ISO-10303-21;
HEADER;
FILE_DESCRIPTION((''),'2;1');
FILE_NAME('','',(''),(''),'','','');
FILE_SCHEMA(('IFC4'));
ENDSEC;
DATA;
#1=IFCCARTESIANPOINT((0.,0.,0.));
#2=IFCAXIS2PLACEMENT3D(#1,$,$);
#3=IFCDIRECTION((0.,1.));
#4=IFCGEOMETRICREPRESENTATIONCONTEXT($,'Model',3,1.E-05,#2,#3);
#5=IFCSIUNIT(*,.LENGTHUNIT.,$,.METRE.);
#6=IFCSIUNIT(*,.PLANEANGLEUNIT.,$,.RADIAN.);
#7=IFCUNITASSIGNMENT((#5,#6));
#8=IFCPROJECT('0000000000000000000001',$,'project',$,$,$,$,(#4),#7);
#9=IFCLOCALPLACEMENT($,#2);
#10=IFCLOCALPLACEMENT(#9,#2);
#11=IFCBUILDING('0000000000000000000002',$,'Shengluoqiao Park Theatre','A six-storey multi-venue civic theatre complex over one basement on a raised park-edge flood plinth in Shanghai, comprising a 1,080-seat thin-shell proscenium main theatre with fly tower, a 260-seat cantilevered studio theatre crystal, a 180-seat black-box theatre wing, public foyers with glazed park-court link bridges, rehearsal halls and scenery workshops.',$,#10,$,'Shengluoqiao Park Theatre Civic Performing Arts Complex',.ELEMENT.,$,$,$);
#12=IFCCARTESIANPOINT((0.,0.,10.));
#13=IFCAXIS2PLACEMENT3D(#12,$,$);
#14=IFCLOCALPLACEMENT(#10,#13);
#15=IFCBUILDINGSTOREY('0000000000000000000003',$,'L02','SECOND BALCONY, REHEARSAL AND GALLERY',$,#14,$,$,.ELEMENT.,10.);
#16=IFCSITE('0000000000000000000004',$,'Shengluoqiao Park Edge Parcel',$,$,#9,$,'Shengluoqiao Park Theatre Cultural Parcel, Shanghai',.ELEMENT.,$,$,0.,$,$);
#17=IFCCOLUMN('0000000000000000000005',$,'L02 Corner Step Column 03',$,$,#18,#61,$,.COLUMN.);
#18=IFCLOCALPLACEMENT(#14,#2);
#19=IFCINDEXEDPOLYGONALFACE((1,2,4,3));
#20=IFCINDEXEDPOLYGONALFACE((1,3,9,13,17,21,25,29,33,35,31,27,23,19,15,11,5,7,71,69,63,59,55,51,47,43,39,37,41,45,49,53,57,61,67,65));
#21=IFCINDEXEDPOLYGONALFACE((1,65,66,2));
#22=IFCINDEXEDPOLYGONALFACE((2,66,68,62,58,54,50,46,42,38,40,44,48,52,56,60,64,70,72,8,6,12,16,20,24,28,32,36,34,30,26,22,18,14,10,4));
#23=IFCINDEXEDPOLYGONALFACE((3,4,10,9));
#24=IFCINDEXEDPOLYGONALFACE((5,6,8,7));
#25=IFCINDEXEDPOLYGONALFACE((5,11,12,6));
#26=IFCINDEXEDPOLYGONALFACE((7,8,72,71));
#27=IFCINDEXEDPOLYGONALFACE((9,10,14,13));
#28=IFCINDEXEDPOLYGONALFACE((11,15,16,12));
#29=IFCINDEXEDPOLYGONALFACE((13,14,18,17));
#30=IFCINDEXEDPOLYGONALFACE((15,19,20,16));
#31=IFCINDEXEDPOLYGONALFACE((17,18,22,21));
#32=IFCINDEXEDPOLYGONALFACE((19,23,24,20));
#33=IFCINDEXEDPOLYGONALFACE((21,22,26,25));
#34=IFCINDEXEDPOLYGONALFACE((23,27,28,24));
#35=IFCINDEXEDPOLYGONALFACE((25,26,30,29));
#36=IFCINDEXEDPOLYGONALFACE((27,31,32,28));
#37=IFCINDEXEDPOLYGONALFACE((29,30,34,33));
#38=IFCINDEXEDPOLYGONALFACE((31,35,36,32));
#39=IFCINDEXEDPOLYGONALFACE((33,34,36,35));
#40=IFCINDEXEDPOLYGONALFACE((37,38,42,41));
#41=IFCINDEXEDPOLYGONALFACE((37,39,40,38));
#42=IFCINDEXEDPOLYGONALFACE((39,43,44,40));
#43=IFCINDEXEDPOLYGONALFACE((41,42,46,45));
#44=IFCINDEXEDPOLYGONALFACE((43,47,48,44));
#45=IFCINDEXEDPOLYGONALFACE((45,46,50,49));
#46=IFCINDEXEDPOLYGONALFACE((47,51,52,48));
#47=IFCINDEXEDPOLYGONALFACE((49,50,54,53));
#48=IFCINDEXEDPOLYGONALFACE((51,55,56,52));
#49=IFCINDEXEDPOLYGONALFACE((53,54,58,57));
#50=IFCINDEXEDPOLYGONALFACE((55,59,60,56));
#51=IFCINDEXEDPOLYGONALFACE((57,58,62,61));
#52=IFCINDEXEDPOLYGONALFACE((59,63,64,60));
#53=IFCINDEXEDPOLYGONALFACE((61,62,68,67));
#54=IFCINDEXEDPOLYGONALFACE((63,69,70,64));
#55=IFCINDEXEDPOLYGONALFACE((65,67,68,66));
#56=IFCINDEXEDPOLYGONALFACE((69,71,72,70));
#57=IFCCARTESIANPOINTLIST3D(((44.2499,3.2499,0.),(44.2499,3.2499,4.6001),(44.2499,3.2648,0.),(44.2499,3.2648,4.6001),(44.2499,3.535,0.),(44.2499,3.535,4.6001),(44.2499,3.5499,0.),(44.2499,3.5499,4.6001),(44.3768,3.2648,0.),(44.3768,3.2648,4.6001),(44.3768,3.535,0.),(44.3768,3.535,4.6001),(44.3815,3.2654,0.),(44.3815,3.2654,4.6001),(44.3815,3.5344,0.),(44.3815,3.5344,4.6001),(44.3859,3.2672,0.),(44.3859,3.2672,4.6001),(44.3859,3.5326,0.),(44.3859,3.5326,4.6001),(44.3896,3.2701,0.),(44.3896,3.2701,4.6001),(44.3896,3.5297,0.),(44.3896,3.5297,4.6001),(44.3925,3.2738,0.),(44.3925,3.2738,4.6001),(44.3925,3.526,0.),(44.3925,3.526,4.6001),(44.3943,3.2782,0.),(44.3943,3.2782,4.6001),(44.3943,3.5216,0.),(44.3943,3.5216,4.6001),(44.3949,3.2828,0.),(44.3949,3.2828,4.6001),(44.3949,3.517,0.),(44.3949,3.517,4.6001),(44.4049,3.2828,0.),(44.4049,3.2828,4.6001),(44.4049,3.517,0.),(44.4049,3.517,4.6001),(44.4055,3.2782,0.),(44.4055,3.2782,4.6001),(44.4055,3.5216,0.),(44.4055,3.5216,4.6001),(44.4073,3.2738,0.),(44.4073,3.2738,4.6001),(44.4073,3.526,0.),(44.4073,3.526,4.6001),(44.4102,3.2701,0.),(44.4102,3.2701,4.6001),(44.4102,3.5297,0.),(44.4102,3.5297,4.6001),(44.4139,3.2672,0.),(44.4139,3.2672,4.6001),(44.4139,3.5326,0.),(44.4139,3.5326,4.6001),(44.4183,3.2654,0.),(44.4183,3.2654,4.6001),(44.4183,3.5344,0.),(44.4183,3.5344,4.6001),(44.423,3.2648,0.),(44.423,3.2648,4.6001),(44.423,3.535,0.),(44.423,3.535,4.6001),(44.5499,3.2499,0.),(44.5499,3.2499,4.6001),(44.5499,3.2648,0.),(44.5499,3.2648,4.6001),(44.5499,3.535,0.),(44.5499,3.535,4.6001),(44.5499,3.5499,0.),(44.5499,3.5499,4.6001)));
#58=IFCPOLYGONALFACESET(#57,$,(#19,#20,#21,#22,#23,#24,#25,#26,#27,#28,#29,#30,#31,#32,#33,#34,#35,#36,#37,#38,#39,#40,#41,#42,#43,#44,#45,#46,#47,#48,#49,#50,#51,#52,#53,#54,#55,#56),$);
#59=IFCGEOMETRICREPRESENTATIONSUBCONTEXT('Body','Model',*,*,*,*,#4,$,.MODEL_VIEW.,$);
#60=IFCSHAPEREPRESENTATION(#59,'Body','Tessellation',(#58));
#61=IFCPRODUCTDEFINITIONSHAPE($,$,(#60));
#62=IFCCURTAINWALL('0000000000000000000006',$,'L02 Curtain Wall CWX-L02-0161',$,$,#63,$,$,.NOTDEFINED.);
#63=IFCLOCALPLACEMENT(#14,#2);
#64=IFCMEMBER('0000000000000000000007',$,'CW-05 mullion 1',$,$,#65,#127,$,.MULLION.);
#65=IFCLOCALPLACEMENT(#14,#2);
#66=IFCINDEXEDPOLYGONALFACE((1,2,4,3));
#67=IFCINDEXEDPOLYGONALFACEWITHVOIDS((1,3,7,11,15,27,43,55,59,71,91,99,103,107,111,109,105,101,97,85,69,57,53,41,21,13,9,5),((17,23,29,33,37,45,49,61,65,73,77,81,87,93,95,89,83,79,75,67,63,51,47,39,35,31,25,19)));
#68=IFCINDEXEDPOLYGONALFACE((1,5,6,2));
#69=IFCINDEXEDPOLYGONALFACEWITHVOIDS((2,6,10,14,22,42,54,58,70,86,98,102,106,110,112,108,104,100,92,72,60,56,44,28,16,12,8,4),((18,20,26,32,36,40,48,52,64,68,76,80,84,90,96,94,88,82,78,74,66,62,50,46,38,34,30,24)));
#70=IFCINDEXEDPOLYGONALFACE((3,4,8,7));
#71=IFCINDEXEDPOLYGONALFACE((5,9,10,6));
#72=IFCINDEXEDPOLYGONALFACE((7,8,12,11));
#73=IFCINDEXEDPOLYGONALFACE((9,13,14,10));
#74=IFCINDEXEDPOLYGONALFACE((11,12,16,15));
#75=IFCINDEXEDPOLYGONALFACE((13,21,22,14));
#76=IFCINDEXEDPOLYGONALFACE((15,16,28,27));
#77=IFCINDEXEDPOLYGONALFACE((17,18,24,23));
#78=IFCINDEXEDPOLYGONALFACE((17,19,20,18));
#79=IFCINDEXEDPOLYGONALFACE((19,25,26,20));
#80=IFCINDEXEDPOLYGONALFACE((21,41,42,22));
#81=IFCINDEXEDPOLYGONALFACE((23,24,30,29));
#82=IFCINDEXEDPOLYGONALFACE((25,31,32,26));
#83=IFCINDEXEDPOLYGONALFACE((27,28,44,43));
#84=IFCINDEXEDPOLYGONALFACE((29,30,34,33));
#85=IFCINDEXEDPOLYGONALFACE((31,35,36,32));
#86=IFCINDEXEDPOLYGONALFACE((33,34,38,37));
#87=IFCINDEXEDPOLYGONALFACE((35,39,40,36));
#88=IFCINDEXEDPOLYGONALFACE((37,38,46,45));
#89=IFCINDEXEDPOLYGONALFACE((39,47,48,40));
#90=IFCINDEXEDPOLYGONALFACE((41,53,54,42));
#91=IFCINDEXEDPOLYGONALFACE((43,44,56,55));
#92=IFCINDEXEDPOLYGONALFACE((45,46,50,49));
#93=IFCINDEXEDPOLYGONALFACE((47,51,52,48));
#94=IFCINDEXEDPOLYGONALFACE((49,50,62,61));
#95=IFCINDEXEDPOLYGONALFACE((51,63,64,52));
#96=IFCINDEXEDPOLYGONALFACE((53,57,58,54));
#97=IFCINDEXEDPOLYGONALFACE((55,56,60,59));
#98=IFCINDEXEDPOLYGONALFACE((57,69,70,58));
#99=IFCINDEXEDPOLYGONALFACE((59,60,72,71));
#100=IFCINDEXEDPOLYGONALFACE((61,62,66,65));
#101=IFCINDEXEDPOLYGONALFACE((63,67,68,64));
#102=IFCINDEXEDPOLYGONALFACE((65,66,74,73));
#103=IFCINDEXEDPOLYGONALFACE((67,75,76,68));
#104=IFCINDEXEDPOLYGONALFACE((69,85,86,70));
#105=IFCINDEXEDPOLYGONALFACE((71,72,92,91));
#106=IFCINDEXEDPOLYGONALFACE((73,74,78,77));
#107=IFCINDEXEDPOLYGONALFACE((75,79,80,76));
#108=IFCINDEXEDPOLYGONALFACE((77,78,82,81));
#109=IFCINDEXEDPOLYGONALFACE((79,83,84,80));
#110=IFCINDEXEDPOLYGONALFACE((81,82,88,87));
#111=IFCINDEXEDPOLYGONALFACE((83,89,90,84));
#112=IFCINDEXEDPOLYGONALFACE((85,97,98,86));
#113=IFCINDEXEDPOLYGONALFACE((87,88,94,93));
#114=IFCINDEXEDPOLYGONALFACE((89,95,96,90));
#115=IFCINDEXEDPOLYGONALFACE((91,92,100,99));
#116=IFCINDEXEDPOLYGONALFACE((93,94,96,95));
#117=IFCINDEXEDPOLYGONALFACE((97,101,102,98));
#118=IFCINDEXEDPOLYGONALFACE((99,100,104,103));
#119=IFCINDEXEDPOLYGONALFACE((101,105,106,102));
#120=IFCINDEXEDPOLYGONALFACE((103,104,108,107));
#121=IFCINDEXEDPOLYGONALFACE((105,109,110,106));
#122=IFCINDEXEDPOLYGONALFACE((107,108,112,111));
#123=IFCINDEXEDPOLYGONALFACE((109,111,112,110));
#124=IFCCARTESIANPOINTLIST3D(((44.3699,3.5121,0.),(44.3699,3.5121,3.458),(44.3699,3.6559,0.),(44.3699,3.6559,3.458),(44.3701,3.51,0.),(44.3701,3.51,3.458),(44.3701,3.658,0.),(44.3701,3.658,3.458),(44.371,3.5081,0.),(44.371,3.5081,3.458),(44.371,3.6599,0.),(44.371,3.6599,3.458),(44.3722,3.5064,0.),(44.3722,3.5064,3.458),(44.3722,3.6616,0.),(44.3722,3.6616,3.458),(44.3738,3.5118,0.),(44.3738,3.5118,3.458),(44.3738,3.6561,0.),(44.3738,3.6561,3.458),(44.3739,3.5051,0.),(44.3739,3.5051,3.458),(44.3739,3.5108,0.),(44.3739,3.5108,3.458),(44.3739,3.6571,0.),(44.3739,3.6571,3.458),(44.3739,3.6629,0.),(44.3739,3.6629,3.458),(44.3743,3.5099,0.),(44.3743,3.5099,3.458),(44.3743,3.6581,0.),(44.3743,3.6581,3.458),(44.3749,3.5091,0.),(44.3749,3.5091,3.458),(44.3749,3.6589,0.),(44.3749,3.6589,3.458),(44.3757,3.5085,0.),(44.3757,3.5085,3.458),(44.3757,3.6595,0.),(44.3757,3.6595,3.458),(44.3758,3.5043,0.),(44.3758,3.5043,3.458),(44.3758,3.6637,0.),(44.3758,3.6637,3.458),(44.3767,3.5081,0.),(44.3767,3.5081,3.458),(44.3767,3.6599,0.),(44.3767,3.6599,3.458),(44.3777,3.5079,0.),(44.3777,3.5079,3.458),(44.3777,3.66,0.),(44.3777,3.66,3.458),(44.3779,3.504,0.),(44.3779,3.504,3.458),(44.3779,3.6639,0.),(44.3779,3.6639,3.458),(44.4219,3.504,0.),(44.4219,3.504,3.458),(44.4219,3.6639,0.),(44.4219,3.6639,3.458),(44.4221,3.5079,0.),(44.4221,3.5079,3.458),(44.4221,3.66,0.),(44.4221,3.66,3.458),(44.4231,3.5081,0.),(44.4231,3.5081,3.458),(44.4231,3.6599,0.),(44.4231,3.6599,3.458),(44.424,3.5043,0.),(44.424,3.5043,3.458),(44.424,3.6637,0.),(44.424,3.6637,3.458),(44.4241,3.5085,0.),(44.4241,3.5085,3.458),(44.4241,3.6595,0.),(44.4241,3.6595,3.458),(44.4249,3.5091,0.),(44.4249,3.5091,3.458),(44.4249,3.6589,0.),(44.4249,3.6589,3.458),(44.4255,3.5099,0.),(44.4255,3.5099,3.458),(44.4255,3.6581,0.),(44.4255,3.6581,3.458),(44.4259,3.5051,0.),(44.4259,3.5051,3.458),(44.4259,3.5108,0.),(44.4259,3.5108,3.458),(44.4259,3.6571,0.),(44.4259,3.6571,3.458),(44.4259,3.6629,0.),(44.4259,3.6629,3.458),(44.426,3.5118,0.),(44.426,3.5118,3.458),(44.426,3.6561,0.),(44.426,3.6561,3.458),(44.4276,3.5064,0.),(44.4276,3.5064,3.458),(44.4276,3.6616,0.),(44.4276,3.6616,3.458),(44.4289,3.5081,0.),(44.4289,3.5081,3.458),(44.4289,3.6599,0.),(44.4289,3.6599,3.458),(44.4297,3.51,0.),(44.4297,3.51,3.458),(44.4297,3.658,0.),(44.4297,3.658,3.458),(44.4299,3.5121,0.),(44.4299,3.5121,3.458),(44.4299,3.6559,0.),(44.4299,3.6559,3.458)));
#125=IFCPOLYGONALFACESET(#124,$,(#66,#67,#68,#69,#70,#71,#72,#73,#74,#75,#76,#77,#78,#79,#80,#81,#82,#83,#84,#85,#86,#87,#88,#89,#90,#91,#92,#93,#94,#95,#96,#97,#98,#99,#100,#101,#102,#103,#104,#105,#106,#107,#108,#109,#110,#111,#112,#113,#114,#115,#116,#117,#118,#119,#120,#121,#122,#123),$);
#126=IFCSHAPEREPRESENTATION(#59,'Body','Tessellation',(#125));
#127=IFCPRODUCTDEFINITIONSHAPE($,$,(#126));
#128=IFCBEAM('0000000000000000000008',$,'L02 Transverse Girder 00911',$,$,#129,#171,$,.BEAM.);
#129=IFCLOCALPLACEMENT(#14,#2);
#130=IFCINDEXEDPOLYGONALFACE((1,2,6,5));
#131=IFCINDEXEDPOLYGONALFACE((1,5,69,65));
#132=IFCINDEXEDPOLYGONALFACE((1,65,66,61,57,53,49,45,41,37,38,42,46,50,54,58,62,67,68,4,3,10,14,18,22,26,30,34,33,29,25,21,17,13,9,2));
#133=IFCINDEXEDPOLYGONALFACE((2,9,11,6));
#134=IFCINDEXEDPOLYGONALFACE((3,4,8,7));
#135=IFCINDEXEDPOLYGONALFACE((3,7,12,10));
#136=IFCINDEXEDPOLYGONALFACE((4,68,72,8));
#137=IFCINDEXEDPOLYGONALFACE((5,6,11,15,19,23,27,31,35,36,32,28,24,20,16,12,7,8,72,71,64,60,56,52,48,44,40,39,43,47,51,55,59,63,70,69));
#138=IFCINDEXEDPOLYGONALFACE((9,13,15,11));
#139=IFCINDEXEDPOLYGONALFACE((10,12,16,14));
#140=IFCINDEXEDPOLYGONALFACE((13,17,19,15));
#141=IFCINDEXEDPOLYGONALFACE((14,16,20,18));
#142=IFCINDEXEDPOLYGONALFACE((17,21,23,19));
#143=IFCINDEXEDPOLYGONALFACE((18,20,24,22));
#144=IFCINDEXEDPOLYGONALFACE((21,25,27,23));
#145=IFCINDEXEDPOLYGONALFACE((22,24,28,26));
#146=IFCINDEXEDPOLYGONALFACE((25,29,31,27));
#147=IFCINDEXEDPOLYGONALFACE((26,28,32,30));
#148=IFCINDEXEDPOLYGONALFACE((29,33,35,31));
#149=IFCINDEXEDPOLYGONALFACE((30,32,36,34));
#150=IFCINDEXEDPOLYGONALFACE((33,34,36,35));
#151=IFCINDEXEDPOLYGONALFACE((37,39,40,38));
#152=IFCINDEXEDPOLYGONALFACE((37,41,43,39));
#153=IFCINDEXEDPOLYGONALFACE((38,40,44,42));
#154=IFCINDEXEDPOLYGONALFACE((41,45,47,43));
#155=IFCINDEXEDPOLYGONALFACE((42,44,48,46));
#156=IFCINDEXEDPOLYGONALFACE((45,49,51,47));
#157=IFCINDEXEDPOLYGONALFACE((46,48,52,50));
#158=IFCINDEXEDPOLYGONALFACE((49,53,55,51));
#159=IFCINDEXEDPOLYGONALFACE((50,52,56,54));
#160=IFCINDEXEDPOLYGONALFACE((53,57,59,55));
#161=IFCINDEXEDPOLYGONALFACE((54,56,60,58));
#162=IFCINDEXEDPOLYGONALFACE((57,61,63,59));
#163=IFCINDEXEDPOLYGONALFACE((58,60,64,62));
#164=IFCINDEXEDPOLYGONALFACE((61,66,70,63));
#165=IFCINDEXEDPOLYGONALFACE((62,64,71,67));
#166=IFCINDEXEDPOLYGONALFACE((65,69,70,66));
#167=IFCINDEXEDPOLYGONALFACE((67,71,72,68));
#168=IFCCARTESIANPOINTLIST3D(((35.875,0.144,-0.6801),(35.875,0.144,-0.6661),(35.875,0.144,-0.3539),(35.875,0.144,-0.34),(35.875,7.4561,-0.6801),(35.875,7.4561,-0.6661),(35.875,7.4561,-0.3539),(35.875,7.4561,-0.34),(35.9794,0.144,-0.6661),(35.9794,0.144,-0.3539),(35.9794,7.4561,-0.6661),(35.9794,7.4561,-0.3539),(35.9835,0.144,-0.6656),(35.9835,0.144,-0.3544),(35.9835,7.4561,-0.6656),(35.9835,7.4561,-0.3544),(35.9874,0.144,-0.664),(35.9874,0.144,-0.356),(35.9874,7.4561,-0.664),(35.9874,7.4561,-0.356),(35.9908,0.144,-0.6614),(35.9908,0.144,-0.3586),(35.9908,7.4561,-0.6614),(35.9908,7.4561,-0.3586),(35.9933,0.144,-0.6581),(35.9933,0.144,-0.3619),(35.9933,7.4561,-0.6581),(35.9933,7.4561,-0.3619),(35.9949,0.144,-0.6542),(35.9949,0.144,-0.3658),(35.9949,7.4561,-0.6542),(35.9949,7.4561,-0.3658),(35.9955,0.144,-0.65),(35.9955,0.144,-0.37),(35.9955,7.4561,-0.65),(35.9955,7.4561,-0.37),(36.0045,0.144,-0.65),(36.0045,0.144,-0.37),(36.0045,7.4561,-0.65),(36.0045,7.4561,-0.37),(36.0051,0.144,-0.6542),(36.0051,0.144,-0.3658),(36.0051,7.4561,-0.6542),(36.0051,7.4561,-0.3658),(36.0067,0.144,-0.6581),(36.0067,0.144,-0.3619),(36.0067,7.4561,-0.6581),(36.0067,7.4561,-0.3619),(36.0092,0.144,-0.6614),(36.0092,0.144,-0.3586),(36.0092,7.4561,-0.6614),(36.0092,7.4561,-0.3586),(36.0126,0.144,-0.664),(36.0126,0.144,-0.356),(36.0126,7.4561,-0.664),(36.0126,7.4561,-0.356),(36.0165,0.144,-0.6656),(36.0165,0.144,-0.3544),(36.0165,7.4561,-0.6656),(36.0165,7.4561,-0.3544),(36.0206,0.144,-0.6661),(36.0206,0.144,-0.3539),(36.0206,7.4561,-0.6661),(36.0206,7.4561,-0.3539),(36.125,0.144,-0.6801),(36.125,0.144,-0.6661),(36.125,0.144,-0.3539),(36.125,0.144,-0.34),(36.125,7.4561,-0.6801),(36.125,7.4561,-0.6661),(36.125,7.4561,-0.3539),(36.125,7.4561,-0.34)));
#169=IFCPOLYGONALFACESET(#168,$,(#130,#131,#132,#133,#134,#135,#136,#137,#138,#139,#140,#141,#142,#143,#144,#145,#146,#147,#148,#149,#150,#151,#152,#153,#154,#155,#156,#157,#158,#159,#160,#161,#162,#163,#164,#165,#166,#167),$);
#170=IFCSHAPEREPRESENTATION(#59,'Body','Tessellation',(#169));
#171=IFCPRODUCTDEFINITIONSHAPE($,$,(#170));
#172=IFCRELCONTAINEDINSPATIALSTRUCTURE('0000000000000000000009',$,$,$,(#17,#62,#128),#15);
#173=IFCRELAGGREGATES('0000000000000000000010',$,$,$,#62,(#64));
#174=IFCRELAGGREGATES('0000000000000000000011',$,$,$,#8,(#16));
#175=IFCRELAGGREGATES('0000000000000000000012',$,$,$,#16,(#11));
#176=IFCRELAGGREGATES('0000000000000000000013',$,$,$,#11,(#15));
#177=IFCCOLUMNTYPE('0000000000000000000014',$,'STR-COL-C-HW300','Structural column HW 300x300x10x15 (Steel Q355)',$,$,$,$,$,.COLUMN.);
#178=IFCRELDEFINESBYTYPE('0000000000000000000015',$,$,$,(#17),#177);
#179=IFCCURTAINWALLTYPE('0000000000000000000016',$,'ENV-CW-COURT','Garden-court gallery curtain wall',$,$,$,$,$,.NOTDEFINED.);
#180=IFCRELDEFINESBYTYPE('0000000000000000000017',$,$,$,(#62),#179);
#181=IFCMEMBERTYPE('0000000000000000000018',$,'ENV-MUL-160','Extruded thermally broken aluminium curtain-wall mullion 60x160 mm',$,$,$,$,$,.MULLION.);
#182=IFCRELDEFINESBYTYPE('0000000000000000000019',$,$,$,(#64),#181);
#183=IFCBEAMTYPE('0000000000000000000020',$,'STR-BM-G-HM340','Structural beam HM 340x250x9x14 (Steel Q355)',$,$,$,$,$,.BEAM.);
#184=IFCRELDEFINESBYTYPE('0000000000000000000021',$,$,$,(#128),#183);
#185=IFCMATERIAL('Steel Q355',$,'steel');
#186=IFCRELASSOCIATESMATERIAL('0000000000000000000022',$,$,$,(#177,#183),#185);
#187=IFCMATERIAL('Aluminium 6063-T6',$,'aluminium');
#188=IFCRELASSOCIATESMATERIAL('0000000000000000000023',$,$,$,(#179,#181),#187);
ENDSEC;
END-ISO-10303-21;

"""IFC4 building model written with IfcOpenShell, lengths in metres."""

from ifc_helpers import new_model, si_unit, direction, frame, origin, origin_2d, place, context, subcontext, project, spatial, hollow_rectangle, i_section, extrude, material, material_profile, profile_set, type_object, element, aggregate, save


model = new_model("IFC4")

# Units and contexts
model_context = context("Model", 3, precision=1e-05, world=origin(), true_north=direction((0.0, 1.0)))
body_context = subcontext(model_context, "Body", "Model", "MODEL_VIEW")
ifc_project = project(units=[si_unit("LENGTHUNIT", "METRE"), si_unit("PLANEANGLEUNIT", "RADIAN")], contexts=[model_context])

# Site, building, storey
site_placement = place(None, origin())
site = spatial("IfcSite", under=ifc_project, at=site_placement, Name="Shengluoqiao Park Edge Parcel", LongName="Shengluoqiao Park Theatre Cultural Parcel, Shanghai", CompositionType="ELEMENT", RefElevation=0.0)
building_placement = place(site_placement, origin())
building = spatial("IfcBuilding", under=site, at=building_placement, Name="Shengluoqiao Park Theatre", Description="A six-storey multi-venue civic theatre complex over one basement on a raised park-edge flood plinth in Shanghai, comprising a 1,080-seat thin-shell proscenium main theatre with fly tower, a 260-seat cantilevered studio theatre crystal, a 180-seat black-box theatre wing, public foyers with glazed park-court link bridges, rehearsal halls and scenery workshops.", LongName="Shengluoqiao Park Theatre Civic Performing Arts Complex", CompositionType="ELEMENT")
storey_placement = place(building_placement, frame((0.0, 0.0, 10.0)))
storey = spatial("IfcBuildingStorey", under=building, at=storey_placement, Name="L02", Description="SECOND BALCONY, REHEARSAL AND GALLERY", CompositionType="ELEMENT", Elevation=10.0)

# Column
ifc_material_1 = material(Name="Steel Q355", Category="steel")
ifc_material_profile_1 = material_profile(ifc_material_1, i_section(OverallWidth=0.3, OverallDepth=0.3, WebThickness=0.01, FlangeThickness=0.0149, FilletRadius=0.0181, at=origin_2d()), Name="HW 300x300x10x15")
ifc_profile_set_1 = profile_set([ifc_material_profile_1], Name="Steel Q355")
column_type = type_object("IfcColumnType", Name="STR-COL-C-HW300", Description="Structural column HW 300x300x10x15 (Steel Q355)", PredefinedType="COLUMN", material=ifc_profile_set_1)
for number, where, z_axis, x_axis, name in (
    (1, (44.3999, 3.3999, 0.0), (0.0, 0.0, 1.0), (1.0, 0.0, 0.0), "L02 Corner Step Column 03"),
):
    element("IfcColumn", number, at=place(storey_placement, frame(where, z_axis=z_axis, x_axis=x_axis)), inside=storey, type_object=column_type, Name=name, PredefinedType="COLUMN", context=body_context, shape_type="SweptSolid", body=[
        extrude(i_section(OverallWidth=0.3, OverallDepth=0.3, WebThickness=0.01, FlangeThickness=0.0149, FilletRadius=0.0181, at=origin_2d()), origin(), (0.0, 0.0, 1.0), 4.6001),
    ])

# Curtain wall, member
ifc_material_2 = material(Name="Aluminium 6063-T6", Category="aluminium")
curtain_wall_type = type_object("IfcCurtainWallType", Name="ENV-CW-COURT", Description="Garden-court gallery curtain wall", PredefinedType="NOTDEFINED", material=ifc_material_2)
curtain_wall_placement = place(storey_placement, origin())
curtain_wall = element("IfcCurtainWall", 2, at=curtain_wall_placement, inside=storey, type_object=curtain_wall_type, Name="L02 Curtain Wall CWX-L02-0161", PredefinedType="NOTDEFINED")
ifc_material_profile_2 = material_profile(ifc_material_2, hollow_rectangle(XDim=0.0601, YDim=0.1599, WallThickness=0.0039, InnerFilletRadius=0.0039, OuterFilletRadius=0.0081, at=origin_2d()), Name="ALU MULLION 160x60x4")
ifc_profile_set_2 = profile_set([ifc_material_profile_2], Name="Aluminium 6063-T6")
member_type = type_object("IfcMemberType", Name="ENV-MUL-160", Description="Extruded thermally broken aluminium curtain-wall mullion 60x160 mm", PredefinedType="MULLION", material=ifc_profile_set_2)
member_placement = place(storey_placement, frame((44.3999, 3.584, 0.0), z_axis=(0.0, 0.0, 1.0), x_axis=(-1.0, 0.0, 0.0)))
member = element("IfcMember", 3, at=member_placement, type_object=member_type, Name="CW-05 mullion 1", PredefinedType="MULLION", context=body_context, shape_type="SweptSolid", body=[
    extrude(hollow_rectangle(XDim=0.0601, YDim=0.1599, WallThickness=0.0039, InnerFilletRadius=0.0039, OuterFilletRadius=0.0081, at=origin_2d()), origin(), (0.0, 0.0, 1.0), 3.458),
])
aggregate(curtain_wall, [member])

# Beam
ifc_material_profile_3 = material_profile(ifc_material_1, i_section(OverallWidth=0.25, OverallDepth=0.3401, WebThickness=0.009, FlangeThickness=0.0139, FilletRadius=0.0161, at=origin_2d()), Name="HM 340x250x9x14")
ifc_profile_set_3 = profile_set([ifc_material_profile_3], Name="Steel Q355")
beam_type_1 = type_object("IfcBeamType", Name="STR-BM-G-HM340", Description="Structural beam HM 340x250x9x14 (Steel Q355)", PredefinedType="BEAM", material=ifc_profile_set_3)
beam_1_placement = place(storey_placement, frame((36.0, 0.144, -0.51), z_axis=(0.0, 1.0, 0.0), x_axis=(-1.0, 0.0, 0.0)))
element("IfcBeam", 4, at=beam_1_placement, inside=storey, type_object=beam_type_1, Name="L02 Transverse Girder 00911", PredefinedType="BEAM", context=body_context, shape_type="SweptSolid", body=[
    extrude(i_section(OverallWidth=0.25, OverallDepth=0.3401, WebThickness=0.009, FlangeThickness=0.0139, FilletRadius=0.0161, at=origin_2d()), origin(), (0.0, 0.0, 1.0), 7.312),
])

save(model, "model.ifc")
